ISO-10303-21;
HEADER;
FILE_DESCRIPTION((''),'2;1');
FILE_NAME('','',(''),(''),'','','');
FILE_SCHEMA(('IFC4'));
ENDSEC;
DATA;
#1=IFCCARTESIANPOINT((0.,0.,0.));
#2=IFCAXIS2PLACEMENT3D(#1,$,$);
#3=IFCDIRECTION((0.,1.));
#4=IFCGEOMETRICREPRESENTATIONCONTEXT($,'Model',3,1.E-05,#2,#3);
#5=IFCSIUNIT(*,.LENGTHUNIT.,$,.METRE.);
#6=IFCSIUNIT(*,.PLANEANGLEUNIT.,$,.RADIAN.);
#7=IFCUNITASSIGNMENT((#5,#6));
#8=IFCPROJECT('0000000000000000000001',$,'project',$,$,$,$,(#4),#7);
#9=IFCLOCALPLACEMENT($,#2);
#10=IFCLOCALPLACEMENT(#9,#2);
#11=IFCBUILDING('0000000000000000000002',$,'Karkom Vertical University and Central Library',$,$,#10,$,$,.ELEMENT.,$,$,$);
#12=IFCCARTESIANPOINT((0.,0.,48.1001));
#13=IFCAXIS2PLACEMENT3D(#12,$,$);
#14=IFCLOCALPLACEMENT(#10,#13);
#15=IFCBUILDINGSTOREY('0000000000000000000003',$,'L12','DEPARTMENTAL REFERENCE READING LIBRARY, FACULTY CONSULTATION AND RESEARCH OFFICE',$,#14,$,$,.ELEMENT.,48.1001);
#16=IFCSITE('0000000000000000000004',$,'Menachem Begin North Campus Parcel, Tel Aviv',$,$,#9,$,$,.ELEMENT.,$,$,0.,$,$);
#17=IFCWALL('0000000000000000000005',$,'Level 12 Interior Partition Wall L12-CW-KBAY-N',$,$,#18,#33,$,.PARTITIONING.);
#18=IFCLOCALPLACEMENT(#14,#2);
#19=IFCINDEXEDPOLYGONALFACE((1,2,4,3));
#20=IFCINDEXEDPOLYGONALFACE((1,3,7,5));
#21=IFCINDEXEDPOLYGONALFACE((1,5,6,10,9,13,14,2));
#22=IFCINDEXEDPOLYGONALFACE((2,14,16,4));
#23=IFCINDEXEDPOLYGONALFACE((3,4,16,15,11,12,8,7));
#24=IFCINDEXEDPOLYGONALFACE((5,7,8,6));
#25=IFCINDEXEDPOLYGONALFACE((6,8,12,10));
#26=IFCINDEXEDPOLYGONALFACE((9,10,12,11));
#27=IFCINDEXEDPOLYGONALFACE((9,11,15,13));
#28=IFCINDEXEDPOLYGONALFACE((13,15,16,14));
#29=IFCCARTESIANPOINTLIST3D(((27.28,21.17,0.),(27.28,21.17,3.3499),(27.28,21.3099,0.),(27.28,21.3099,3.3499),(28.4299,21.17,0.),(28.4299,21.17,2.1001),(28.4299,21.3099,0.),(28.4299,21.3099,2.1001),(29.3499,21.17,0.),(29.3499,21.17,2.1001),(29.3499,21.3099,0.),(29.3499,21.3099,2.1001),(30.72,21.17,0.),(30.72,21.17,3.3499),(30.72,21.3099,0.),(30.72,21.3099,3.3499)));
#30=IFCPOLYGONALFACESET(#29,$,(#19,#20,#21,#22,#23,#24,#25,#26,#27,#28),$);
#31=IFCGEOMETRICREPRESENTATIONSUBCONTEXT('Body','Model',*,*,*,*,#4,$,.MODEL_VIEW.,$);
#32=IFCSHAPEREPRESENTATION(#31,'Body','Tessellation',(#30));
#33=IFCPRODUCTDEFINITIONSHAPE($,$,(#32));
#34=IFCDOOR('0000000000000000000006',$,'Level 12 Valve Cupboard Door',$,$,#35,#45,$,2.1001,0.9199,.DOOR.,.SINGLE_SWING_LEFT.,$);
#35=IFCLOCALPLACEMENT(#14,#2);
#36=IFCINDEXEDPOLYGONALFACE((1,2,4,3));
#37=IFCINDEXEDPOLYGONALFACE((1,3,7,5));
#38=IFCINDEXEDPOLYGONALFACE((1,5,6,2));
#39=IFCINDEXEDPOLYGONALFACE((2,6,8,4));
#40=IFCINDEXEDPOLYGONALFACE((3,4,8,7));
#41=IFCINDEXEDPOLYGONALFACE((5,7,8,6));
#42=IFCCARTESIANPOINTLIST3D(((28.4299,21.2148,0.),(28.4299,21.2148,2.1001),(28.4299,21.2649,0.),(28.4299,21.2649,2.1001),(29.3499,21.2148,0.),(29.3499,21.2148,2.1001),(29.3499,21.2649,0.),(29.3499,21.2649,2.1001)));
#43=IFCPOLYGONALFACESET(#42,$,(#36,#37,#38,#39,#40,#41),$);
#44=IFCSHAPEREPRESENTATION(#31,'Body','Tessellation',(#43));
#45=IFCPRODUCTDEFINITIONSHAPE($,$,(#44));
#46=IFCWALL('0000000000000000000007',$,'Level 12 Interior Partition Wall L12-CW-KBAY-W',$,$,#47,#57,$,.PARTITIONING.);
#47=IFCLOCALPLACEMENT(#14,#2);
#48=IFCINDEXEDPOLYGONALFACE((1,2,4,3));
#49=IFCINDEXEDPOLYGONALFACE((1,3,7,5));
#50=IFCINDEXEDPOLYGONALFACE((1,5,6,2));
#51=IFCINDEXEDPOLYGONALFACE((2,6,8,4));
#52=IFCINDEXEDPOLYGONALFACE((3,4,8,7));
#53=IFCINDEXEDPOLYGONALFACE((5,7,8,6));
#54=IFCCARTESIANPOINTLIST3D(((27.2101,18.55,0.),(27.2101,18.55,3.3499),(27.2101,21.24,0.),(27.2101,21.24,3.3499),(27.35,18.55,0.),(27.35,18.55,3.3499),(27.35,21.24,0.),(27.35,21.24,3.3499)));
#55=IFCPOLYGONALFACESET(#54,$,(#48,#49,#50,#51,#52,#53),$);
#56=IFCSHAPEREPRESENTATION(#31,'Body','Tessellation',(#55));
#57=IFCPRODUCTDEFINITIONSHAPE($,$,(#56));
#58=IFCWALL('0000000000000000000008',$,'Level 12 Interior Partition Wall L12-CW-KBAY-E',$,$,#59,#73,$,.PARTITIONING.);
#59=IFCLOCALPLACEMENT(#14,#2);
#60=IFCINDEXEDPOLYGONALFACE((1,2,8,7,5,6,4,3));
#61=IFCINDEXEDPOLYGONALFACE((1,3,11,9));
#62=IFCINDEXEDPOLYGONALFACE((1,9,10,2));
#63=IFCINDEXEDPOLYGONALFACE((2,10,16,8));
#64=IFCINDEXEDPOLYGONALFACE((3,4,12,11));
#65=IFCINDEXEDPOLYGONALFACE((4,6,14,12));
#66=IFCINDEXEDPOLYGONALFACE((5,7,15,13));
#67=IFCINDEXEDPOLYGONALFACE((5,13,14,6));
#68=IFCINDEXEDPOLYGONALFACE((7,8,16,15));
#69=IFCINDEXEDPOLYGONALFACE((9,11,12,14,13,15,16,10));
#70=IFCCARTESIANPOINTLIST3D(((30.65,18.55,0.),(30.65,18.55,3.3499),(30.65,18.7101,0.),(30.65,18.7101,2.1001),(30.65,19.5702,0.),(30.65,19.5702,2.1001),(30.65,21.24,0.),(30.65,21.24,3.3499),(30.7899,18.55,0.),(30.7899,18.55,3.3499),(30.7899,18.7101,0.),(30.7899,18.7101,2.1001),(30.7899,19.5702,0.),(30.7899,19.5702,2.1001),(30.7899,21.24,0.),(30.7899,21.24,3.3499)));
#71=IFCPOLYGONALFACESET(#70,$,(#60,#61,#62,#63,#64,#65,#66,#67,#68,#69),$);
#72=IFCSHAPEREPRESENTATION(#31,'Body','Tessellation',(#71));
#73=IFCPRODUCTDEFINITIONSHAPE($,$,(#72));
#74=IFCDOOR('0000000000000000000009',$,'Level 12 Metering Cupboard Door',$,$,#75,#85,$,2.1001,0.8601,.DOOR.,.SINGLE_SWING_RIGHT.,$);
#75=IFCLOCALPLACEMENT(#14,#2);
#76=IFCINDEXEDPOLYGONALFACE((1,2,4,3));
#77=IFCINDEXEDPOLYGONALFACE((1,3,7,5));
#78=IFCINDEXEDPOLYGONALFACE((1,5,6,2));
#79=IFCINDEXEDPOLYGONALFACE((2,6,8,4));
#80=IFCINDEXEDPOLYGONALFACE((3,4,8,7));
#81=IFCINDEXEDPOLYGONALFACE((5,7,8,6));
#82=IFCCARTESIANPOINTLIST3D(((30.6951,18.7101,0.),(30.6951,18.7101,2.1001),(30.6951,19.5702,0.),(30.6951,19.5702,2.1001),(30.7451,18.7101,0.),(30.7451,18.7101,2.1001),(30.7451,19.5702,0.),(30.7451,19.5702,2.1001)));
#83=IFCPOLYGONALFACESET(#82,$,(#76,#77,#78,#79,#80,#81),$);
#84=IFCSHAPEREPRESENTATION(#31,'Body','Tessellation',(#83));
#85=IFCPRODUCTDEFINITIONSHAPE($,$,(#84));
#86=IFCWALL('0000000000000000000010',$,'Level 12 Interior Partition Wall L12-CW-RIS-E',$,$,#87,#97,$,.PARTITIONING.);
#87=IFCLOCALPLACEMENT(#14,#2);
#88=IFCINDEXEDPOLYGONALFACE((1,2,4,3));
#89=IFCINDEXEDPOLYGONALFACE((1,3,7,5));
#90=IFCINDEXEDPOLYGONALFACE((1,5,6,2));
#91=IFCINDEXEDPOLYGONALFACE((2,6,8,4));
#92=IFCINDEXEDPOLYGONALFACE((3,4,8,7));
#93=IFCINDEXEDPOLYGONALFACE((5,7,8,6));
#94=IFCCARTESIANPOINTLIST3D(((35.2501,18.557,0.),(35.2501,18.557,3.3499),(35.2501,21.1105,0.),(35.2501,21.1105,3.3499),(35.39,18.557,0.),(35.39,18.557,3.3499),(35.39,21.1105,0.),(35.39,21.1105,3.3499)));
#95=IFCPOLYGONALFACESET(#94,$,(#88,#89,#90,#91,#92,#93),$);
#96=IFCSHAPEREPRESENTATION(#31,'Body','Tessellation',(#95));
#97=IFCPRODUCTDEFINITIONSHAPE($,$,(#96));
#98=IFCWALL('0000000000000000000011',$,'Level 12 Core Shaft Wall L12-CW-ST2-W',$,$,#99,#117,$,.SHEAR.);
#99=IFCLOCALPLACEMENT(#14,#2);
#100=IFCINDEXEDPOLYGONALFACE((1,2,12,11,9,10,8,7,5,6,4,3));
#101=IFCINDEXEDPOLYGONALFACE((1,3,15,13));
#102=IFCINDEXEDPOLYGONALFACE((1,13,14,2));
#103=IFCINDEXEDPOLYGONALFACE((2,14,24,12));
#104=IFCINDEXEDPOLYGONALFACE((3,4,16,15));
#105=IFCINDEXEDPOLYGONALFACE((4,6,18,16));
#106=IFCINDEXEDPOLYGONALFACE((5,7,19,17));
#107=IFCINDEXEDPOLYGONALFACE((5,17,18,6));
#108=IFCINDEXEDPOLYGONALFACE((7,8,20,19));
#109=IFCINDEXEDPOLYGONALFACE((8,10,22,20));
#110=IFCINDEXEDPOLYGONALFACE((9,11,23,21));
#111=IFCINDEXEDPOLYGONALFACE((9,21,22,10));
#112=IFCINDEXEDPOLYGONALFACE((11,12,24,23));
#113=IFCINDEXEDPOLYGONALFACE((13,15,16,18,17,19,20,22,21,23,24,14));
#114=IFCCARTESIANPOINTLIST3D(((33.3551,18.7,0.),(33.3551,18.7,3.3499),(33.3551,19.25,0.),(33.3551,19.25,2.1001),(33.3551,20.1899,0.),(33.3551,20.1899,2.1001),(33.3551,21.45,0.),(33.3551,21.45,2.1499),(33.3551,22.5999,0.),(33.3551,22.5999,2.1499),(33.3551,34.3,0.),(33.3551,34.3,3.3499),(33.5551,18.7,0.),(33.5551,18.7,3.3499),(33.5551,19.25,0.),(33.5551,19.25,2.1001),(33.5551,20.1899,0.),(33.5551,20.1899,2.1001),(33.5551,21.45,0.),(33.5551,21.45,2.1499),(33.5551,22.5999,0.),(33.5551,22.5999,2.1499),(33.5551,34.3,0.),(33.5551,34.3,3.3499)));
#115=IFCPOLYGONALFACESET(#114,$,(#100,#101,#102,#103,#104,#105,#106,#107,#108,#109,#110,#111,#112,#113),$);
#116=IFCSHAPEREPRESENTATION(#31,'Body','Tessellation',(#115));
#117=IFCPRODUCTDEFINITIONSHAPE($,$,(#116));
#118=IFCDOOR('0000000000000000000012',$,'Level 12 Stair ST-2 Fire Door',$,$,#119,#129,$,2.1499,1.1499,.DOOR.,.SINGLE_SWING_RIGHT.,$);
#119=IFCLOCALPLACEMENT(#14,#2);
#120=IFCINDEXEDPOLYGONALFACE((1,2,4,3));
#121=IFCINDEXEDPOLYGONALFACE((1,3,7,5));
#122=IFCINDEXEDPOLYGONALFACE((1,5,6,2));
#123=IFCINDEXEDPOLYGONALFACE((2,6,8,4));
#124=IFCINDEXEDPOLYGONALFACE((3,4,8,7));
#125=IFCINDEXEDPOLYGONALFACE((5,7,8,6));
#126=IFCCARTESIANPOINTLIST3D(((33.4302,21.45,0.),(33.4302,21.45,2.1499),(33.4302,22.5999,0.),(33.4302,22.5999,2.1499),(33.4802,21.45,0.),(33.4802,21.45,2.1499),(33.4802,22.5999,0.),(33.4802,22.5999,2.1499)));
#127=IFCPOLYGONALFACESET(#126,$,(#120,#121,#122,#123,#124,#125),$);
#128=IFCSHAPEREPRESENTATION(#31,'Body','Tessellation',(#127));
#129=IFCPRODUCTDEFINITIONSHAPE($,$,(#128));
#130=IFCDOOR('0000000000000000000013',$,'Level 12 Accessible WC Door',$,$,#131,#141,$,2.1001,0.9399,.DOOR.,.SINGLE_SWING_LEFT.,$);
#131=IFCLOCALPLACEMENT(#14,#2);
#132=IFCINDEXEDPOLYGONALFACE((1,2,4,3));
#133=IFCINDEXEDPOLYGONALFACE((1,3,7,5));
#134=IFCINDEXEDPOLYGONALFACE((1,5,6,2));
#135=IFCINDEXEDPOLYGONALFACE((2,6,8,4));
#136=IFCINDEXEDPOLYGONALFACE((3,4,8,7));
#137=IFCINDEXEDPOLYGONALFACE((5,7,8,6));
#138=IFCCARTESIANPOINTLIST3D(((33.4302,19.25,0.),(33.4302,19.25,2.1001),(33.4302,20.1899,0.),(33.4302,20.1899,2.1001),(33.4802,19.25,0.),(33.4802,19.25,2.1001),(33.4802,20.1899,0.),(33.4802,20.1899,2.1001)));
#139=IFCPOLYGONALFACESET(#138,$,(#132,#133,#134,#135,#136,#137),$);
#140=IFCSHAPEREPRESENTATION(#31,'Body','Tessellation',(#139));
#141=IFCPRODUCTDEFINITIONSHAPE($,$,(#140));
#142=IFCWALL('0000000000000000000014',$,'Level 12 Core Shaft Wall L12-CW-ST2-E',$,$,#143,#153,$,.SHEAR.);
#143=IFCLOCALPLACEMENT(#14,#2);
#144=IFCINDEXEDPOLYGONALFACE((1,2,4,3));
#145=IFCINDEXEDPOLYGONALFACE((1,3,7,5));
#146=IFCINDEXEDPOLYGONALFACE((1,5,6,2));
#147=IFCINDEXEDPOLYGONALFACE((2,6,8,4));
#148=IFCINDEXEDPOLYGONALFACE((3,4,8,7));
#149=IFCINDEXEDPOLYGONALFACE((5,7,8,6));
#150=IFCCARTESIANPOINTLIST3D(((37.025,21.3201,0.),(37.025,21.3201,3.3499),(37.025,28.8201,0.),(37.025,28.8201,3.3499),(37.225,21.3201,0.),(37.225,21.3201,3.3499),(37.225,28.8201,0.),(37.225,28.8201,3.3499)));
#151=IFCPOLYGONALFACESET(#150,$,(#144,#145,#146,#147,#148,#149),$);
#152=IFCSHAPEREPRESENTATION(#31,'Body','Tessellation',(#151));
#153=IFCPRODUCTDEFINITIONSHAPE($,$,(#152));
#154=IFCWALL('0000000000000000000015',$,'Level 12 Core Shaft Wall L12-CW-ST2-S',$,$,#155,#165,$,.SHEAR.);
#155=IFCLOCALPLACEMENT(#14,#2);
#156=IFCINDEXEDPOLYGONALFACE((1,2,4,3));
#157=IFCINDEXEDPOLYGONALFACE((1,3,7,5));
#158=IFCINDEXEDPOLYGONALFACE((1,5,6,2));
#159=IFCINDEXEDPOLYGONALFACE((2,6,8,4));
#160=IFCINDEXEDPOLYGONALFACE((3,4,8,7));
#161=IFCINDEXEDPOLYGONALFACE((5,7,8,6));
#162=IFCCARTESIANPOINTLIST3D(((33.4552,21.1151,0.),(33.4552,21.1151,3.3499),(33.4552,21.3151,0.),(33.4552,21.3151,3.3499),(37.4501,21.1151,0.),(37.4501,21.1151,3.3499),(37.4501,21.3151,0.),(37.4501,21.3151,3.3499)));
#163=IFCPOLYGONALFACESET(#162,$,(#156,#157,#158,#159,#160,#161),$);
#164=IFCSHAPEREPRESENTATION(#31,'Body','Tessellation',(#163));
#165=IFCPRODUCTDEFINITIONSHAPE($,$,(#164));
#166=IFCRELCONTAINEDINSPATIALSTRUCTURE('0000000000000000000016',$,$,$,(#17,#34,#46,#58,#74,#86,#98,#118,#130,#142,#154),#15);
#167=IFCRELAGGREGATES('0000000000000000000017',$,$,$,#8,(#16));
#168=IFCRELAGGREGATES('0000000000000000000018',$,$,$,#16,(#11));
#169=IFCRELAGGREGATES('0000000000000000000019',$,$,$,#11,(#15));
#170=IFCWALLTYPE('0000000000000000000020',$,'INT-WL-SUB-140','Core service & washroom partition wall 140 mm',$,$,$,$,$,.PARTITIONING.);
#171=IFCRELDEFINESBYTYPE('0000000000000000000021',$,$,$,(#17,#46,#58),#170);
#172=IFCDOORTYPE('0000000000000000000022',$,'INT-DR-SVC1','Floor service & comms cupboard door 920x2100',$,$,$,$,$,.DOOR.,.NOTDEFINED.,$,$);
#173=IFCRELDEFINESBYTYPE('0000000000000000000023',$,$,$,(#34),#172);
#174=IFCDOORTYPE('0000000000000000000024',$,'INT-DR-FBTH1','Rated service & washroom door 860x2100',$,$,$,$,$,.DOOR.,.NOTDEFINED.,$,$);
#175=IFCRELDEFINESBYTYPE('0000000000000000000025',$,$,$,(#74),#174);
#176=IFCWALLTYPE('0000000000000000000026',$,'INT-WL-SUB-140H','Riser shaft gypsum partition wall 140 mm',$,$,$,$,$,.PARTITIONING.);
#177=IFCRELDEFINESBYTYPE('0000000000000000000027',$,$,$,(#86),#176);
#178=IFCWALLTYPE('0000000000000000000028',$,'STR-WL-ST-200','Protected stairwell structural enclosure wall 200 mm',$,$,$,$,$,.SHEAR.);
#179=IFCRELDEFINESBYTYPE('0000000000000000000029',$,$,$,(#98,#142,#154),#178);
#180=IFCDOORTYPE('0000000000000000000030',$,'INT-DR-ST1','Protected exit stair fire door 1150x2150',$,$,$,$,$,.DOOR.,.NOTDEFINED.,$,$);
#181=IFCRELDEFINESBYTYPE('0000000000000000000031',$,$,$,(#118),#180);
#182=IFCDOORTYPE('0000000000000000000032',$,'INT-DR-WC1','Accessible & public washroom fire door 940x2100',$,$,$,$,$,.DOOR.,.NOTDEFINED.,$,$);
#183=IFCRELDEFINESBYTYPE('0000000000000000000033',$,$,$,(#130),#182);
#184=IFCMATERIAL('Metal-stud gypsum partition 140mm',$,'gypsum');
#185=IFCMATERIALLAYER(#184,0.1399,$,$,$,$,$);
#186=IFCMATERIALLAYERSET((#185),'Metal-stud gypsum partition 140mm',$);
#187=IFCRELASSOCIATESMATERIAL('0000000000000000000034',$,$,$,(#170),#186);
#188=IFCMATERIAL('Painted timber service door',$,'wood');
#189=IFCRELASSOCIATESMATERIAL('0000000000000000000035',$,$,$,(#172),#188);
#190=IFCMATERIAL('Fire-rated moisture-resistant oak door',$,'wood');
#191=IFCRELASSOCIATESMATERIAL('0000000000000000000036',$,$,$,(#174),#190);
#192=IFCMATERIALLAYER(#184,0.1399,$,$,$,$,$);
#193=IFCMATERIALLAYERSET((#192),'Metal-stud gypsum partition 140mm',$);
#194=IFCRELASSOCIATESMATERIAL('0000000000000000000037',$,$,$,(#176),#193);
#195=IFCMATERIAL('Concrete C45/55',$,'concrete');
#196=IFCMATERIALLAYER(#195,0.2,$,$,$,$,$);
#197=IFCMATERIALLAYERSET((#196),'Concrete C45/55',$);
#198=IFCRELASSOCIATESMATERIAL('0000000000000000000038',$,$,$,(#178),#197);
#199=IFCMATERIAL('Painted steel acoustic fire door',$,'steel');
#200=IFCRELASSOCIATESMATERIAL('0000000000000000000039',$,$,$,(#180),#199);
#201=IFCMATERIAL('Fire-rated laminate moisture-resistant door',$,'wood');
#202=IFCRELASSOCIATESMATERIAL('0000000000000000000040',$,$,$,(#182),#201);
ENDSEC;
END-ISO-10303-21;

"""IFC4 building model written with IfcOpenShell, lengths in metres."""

from ifc_helpers import new_model, si_unit, direction, frame, frame_2d, origin, origin_with_axes, place, context, subcontext, project, spatial, rectangle, extrude, source, transform, mapped, material, layer, layer_set, type_object, element, fill, save


model = new_model("IFC4")

# Units and contexts
model_context = context("Model", 3, precision=1e-05, world=origin(), true_north=direction((0.0, 1.0)))
body_context = subcontext(model_context, "Body", "Model", "MODEL_VIEW")
ifc_project = project(units=[si_unit("LENGTHUNIT", "METRE"), si_unit("PLANEANGLEUNIT", "RADIAN")], contexts=[model_context])

# Site, building, storey
site_placement = place(None, origin())
site = spatial("IfcSite", under=ifc_project, at=site_placement, Name="Menachem Begin North Campus Parcel, Tel Aviv", CompositionType="ELEMENT", RefElevation=0.0)
building_placement = place(site_placement, origin())
building = spatial("IfcBuilding", under=site, at=building_placement, Name="Karkom Vertical University and Central Library", CompositionType="ELEMENT")
storey_placement = place(building_placement, frame((0.0, 0.0, 48.1001)))
storey = spatial("IfcBuildingStorey", under=building, at=storey_placement, Name="L12", Description="DEPARTMENTAL REFERENCE READING LIBRARY, FACULTY CONSULTATION AND RESEARCH OFFICE", CompositionType="ELEMENT", Elevation=48.1001)

# Wall, opening, door
ifc_material_1 = material(Name="Metal-stud gypsum partition 140mm", Category="gypsum")
ifc_layer_1 = layer(ifc_material_1, 0.1399)
ifc_layer_set_1 = layer_set([ifc_layer_1], Name="Metal-stud gypsum partition 140mm")
wall_type_1 = type_object("IfcWallType", Name="INT-WL-SUB-140", Description="Core service & washroom partition wall 140 mm", PredefinedType="PARTITIONING", material=ifc_layer_set_1)
wall_1_placement = place(storey_placement, frame((27.28, 21.24, 0.0), z_axis=(0.0, 0.0, 1.0), x_axis=(1.0, 0.0, 0.0)))
wall_1 = element("IfcWall", 1, at=wall_1_placement, inside=storey, type_object=wall_type_1, Name="Level 12 Interior Partition Wall L12-CW-KBAY-N", PredefinedType="PARTITIONING", context=body_context, shape_type="SweptSolid", body=[
    extrude(rectangle(XDim=3.4399, YDim=0.1399, at=frame_2d((1.72, 0.0))), origin(), (0.0, 0.0, 1.0), 3.3499),
])
opening_1_placement = place(wall_1_placement, frame((1.1499, 0.0, 0.0)))
opening_1 = element("IfcOpeningElement", 2, at=opening_1_placement, cuts=wall_1, PredefinedType="OPENING", context=body_context, shape_type="SweptSolid", body=[
    extrude(rectangle(XDim=0.9199, YDim=2.1001, at=frame_2d((0.46, 1.05))), frame((0.0, 0.0801, 0.0), z_axis=(0.0, -1.0, 0.0), x_axis=(1.0, 0.0, 0.0)), (0.0, 0.0, 1.0), 0.1599),
])
ifc_material_2 = material(Name="Painted timber service door", Category="wood")
door_type_1 = type_object("IfcDoorType", Name="INT-DR-SVC1", Description="Floor service & comms cupboard door 920x2100", OperationType="NOTDEFINED", PredefinedType="DOOR", material=ifc_material_2)
shared_shape_1 = source(origin_with_axes(), body_context, "Body", "SweptSolid", [
    extrude(rectangle(XDim=0.9199, YDim=2.1001, at=frame_2d((0.46, 1.05))), frame((0.0, 0.0249, 0.0), z_axis=(0.0, -1.0, 0.0), x_axis=(1.0, 0.0, 0.0)), (0.0, 0.0, 1.0), 0.05),
])
door_1_placement = place(opening_1_placement, origin())
door_1 = element("IfcDoor", 3, at=door_1_placement, inside=storey, type_object=door_type_1, Name="Level 12 Valve Cupboard Door", OperationType="SINGLE_SWING_LEFT", OverallHeight=2.1001, OverallWidth=0.9199, PredefinedType="DOOR", context=body_context, shape_type="MappedRepresentation", body=[
    mapped(shared_shape_1, transform((0.0, 0.0, 0.0), scale=1.0)),
])
fill(opening_1, door_1)

# Wall
wall_2_placement = place(storey_placement, frame((27.28, 18.55, 0.0), z_axis=(0.0, 0.0, 1.0), x_axis=(0.0, 1.0, 0.0)))
element("IfcWall", 4, at=wall_2_placement, inside=storey, type_object=wall_type_1, Name="Level 12 Interior Partition Wall L12-CW-KBAY-W", PredefinedType="PARTITIONING", context=body_context, shape_type="SweptSolid", body=[
    extrude(rectangle(XDim=2.6899, YDim=0.1399, at=frame_2d((1.345, 0.0))), origin(), (0.0, 0.0, 1.0), 3.3499),
])

# Wall, opening, door
wall_3_placement = place(storey_placement, frame((30.72, 18.55, 0.0), z_axis=(0.0, 0.0, 1.0), x_axis=(0.0, 1.0, 0.0)))
wall_3 = element("IfcWall", 5, at=wall_3_placement, inside=storey, type_object=wall_type_1, Name="Level 12 Interior Partition Wall L12-CW-KBAY-E", PredefinedType="PARTITIONING", context=body_context, shape_type="SweptSolid", body=[
    extrude(rectangle(XDim=2.6899, YDim=0.1399, at=frame_2d((1.345, 0.0))), origin(), (0.0, 0.0, 1.0), 3.3499),
])
opening_2_placement = place(wall_3_placement, frame((0.1599, 0.0, 0.0)))
opening_2 = element("IfcOpeningElement", 6, at=opening_2_placement, cuts=wall_3, PredefinedType="OPENING", context=body_context, shape_type="SweptSolid", body=[
    extrude(rectangle(XDim=0.8601, YDim=2.1001, at=frame_2d((0.4302, 1.05))), frame((0.0, 0.0801, 0.0), z_axis=(0.0, -1.0, 0.0), x_axis=(1.0, 0.0, 0.0)), (0.0, 0.0, 1.0), 0.1599),
])
ifc_material_3 = material(Name="Fire-rated moisture-resistant oak door", Category="wood")
door_type_2 = type_object("IfcDoorType", Name="INT-DR-FBTH1", Description="Rated service & washroom door 860x2100", OperationType="NOTDEFINED", PredefinedType="DOOR", material=ifc_material_3)
shared_shape_2 = source(origin_with_axes(), body_context, "Body", "SweptSolid", [
    extrude(rectangle(XDim=0.8601, YDim=2.1001, at=frame_2d((0.4302, 1.05))), frame((0.0, 0.0249, 0.0), z_axis=(0.0, -1.0, 0.0), x_axis=(1.0, 0.0, 0.0)), (0.0, 0.0, 1.0), 0.05),
])
door_2_placement = place(opening_2_placement, origin())
door_2 = element("IfcDoor", 7, at=door_2_placement, inside=storey, type_object=door_type_2, Name="Level 12 Metering Cupboard Door", OperationType="SINGLE_SWING_RIGHT", OverallHeight=2.1001, OverallWidth=0.8601, PredefinedType="DOOR", context=body_context, shape_type="MappedRepresentation", body=[
    mapped(shared_shape_2, transform((0.0, 0.0, 0.0), scale=1.0)),
])
fill(opening_2, door_2)

# Wall
ifc_layer_2 = layer(ifc_material_1, 0.1399)
ifc_layer_set_2 = layer_set([ifc_layer_2], Name="Metal-stud gypsum partition 140mm")
wall_type_2 = type_object("IfcWallType", Name="INT-WL-SUB-140H", Description="Riser shaft gypsum partition wall 140 mm", PredefinedType="PARTITIONING", material=ifc_layer_set_2)
wall_4_placement = place(storey_placement, frame((35.3201, 18.5569, 0.0), z_axis=(0.0, 0.0, 1.0), x_axis=(0.0, 1.0, 0.0)))
element("IfcWall", 8, at=wall_4_placement, inside=storey, type_object=wall_type_2, Name="Level 12 Interior Partition Wall L12-CW-RIS-E", PredefinedType="PARTITIONING", context=body_context, shape_type="SweptSolid", body=[
    extrude(rectangle(XDim=2.5535, YDim=0.1399, at=frame_2d((1.2769, 0.0))), origin(), (0.0, 0.0, 1.0), 3.3499),
])

# Wall, openings, doors
ifc_material_4 = material(Name="Concrete C45/55", Category="concrete")
ifc_layer_3 = layer(ifc_material_4, 0.2)
ifc_layer_set_3 = layer_set([ifc_layer_3], Name="Concrete C45/55")
wall_type_3 = type_object("IfcWallType", Name="STR-WL-ST-200", Description="Protected stairwell structural enclosure wall 200 mm", PredefinedType="SHEAR", material=ifc_layer_set_3)
wall_5_placement = place(storey_placement, frame((33.4551, 18.7, 0.0), z_axis=(0.0, 0.0, 1.0), x_axis=(0.0, 1.0, 0.0)))
wall_5 = element("IfcWall", 9, at=wall_5_placement, inside=storey, type_object=wall_type_3, Name="Level 12 Core Shaft Wall L12-CW-ST2-W", PredefinedType="SHEAR", context=body_context, shape_type="SweptSolid", body=[
    extrude(rectangle(XDim=15.6001, YDim=0.2, at=frame_2d((7.8, 0.0))), origin(), (0.0, 0.0, 1.0), 3.3499),
])
opening_3_placement = place(wall_5_placement, frame((2.75, 0.0, 0.0)))
opening_3 = element("IfcOpeningElement", 10, at=opening_3_placement, cuts=wall_5, PredefinedType="OPENING", context=body_context, shape_type="SweptSolid", body=[
    extrude(rectangle(XDim=1.1499, YDim=2.1499, at=frame_2d((0.575, 1.075))), frame((0.0, 0.1099, 0.0), z_axis=(0.0, -1.0, 0.0), x_axis=(1.0, 0.0, 0.0)), (0.0, 0.0, 1.0), 0.22),
])
opening_4_placement = place(wall_5_placement, frame((0.55, 0.0, 0.0)))
opening_4 = element("IfcOpeningElement", 11, at=opening_4_placement, cuts=wall_5, PredefinedType="OPENING", context=body_context, shape_type="SweptSolid", body=[
    extrude(rectangle(XDim=0.9399, YDim=2.1001, at=frame_2d((0.47, 1.05))), frame((0.0, 0.1099, 0.0), z_axis=(0.0, -1.0, 0.0), x_axis=(1.0, 0.0, 0.0)), (0.0, 0.0, 1.0), 0.22),
])
ifc_material_5 = material(Name="Painted steel acoustic fire door", Category="steel")
door_type_3 = type_object("IfcDoorType", Name="INT-DR-ST1", Description="Protected exit stair fire door 1150x2150", OperationType="NOTDEFINED", PredefinedType="DOOR", material=ifc_material_5)
shared_shape_3 = source(origin_with_axes(), body_context, "Body", "SweptSolid", [
    extrude(rectangle(XDim=1.1499, YDim=2.1499, at=frame_2d((0.575, 1.075))), frame((0.0, 0.0249, 0.0), z_axis=(0.0, -1.0, 0.0), x_axis=(1.0, 0.0, 0.0)), (0.0, 0.0, 1.0), 0.05),
])
door_3_placement = place(opening_3_placement, origin())
door_3 = element("IfcDoor", 12, at=door_3_placement, inside=storey, type_object=door_type_3, Name="Level 12 Stair ST-2 Fire Door", OperationType="SINGLE_SWING_RIGHT", OverallHeight=2.1499, OverallWidth=1.1499, PredefinedType="DOOR", context=body_context, shape_type="MappedRepresentation", body=[
    mapped(shared_shape_3, transform((0.0, 0.0, 0.0), scale=1.0)),
])
fill(opening_3, door_3)
ifc_material_6 = material(Name="Fire-rated laminate moisture-resistant door", Category="wood")
door_type_4 = type_object("IfcDoorType", Name="INT-DR-WC1", Description="Accessible & public washroom fire door 940x2100", OperationType="NOTDEFINED", PredefinedType="DOOR", material=ifc_material_6)
shared_shape_4 = source(origin_with_axes(), body_context, "Body", "SweptSolid", [
    extrude(rectangle(XDim=0.9399, YDim=2.1001, at=frame_2d((0.47, 1.05))), frame((0.0, 0.0249, 0.0), z_axis=(0.0, -1.0, 0.0), x_axis=(1.0, 0.0, 0.0)), (0.0, 0.0, 1.0), 0.05),
])
door_4_placement = place(opening_4_placement, origin())
door_4 = element("IfcDoor", 13, at=door_4_placement, inside=storey, type_object=door_type_4, Name="Level 12 Accessible WC Door", OperationType="SINGLE_SWING_LEFT", OverallHeight=2.1001, OverallWidth=0.9399, PredefinedType="DOOR", context=body_context, shape_type="MappedRepresentation", body=[
    mapped(shared_shape_4, transform((0.0, 0.0, 0.0), scale=1.0)),
])
fill(opening_4, door_4)

# Walls
wall_6_placement = place(storey_placement, frame((37.125, 21.3201, 0.0), z_axis=(0.0, 0.0, 1.0), x_axis=(0.0, 1.0, 0.0)))
element("IfcWall", 14, at=wall_6_placement, inside=storey, type_object=wall_type_3, Name="Level 12 Core Shaft Wall L12-CW-ST2-E", PredefinedType="SHEAR", context=body_context, shape_type="SweptSolid", body=[
    extrude(rectangle(XDim=7.5, YDim=0.2, at=frame_2d((3.75, 0.0))), origin(), (0.0, 0.0, 1.0), 3.3499),
])
wall_7_placement = place(storey_placement, frame((33.4551, 21.2151, 0.0), z_axis=(0.0, 0.0, 1.0), x_axis=(1.0, 0.0, 0.0)))
element("IfcWall", 15, at=wall_7_placement, inside=storey, type_object=wall_type_3, Name="Level 12 Core Shaft Wall L12-CW-ST2-S", PredefinedType="SHEAR", context=body_context, shape_type="SweptSolid", body=[
    extrude(rectangle(XDim=3.9949, YDim=0.2, at=frame_2d((1.9976, 0.0))), origin(), (0.0, 0.0, 1.0), 3.3499),
])

save(model, "model.ifc")
